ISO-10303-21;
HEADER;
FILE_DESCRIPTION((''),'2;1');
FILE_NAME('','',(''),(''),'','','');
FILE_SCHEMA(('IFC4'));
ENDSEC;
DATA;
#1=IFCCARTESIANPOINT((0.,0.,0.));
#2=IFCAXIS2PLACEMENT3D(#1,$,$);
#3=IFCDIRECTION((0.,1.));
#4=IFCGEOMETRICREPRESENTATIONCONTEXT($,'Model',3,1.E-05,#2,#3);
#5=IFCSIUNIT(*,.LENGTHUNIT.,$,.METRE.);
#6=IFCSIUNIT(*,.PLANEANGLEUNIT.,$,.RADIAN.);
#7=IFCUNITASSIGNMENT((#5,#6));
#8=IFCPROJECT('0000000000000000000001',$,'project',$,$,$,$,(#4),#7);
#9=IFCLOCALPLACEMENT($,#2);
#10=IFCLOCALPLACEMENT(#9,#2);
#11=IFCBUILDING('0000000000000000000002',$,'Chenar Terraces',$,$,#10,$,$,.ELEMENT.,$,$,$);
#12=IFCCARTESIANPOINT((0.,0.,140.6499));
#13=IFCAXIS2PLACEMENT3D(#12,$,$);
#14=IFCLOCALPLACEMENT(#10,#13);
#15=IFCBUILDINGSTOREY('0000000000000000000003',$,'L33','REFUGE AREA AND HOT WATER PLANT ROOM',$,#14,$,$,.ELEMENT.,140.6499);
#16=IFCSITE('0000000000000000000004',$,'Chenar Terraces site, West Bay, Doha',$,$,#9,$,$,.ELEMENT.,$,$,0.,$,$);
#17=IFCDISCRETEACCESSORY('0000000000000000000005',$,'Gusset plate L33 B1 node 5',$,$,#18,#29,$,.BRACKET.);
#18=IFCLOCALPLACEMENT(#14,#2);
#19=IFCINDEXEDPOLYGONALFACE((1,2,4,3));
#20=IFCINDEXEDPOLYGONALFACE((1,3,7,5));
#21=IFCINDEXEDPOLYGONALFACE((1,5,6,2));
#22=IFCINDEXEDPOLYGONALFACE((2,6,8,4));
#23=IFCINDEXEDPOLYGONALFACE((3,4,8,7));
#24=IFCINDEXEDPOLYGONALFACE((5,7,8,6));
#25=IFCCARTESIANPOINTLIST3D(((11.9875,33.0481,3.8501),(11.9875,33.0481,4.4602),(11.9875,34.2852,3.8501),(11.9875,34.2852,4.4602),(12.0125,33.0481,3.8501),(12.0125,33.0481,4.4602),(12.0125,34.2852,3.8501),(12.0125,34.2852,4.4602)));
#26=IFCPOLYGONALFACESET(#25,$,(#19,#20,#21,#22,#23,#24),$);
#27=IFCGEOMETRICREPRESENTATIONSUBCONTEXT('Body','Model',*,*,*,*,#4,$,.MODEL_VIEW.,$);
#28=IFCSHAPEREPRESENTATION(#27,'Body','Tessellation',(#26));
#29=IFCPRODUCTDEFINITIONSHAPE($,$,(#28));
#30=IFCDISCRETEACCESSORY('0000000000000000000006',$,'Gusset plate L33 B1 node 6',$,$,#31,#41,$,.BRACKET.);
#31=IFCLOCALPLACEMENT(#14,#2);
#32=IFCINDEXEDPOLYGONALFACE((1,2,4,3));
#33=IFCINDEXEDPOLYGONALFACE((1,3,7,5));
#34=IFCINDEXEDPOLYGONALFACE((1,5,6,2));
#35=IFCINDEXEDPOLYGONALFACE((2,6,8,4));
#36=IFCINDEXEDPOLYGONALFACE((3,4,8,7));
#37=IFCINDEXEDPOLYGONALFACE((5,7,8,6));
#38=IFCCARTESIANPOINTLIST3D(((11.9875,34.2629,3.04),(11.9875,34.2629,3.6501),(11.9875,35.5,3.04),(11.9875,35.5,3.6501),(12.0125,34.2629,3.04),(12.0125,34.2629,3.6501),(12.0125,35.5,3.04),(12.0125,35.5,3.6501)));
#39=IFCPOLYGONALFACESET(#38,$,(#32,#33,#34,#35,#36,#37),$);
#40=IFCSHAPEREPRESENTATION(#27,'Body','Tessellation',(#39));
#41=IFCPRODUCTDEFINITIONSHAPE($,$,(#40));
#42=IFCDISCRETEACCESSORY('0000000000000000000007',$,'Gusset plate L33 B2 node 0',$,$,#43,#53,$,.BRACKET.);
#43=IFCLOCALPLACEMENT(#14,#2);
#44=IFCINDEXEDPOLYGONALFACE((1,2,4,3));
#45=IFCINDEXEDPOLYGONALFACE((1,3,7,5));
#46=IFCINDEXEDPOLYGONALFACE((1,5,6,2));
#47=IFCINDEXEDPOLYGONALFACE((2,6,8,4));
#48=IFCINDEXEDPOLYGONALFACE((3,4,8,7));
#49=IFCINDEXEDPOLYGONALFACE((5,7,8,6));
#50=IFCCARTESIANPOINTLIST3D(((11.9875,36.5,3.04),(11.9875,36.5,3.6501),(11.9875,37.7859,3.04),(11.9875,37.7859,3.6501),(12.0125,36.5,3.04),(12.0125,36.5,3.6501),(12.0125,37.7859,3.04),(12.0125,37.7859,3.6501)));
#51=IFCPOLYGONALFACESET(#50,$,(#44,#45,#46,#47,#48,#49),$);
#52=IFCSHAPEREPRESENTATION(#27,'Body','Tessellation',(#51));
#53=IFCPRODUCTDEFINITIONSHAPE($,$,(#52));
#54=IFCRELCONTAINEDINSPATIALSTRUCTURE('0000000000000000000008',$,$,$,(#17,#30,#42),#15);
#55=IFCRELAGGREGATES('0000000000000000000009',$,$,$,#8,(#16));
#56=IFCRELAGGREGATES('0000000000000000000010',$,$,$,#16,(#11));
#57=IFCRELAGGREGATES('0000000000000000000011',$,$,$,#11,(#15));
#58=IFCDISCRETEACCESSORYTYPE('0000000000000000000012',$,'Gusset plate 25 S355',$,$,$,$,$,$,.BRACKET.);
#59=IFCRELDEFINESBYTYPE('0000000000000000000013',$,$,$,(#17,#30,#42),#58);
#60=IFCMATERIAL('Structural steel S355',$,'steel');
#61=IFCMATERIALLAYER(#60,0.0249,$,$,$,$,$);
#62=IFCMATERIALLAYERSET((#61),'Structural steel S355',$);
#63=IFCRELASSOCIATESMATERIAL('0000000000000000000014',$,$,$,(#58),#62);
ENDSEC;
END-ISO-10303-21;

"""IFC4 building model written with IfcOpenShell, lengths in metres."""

from ifc_helpers import new_model, si_unit, direction, frame, origin, place, context, subcontext, project, spatial, polyline, outline, extrude, material, layer, layer_set, type_object, element, save


model = new_model("IFC4")

# Units and contexts
model_context = context("Model", 3, precision=1e-05, world=origin(), true_north=direction((0.0, 1.0)))
body_context = subcontext(model_context, "Body", "Model", "MODEL_VIEW")
ifc_project = project(units=[si_unit("LENGTHUNIT", "METRE"), si_unit("PLANEANGLEUNIT", "RADIAN")], contexts=[model_context])

# Site, building, storey
site_placement = place(None, origin())
site = spatial("IfcSite", under=ifc_project, at=site_placement, Name="Chenar Terraces site, West Bay, Doha", CompositionType="ELEMENT", RefElevation=0.0)
building_placement = place(site_placement, origin())
building = spatial("IfcBuilding", under=site, at=building_placement, Name="Chenar Terraces", CompositionType="ELEMENT")
storey_placement = place(building_placement, frame((0.0, 0.0, 140.6499)))
storey = spatial("IfcBuildingStorey", under=building, at=storey_placement, Name="L33", Description="REFUGE AREA AND HOT WATER PLANT ROOM", CompositionType="ELEMENT", Elevation=140.6499)

# Discrete accessories
ifc_material_1 = material(Name="Structural steel S355", Category="steel")
ifc_layer_1 = layer(ifc_material_1, 0.0249)
ifc_layer_set_1 = layer_set([ifc_layer_1], Name="Structural steel S355")
discrete_accessory_type = type_object("IfcDiscreteAccessoryType", Name="Gusset plate 25 S355", PredefinedType="BRACKET", material=ifc_layer_set_1)
placement_1 = place(storey_placement, frame((0.0, 0.0, 3.04)))
placement_2 = place(storey_placement, frame((0.0, 0.0, 3.8501)))
element("IfcDiscreteAccessory", 1, at=placement_2, inside=storey, type_object=discrete_accessory_type, Name="Gusset plate L33 B1 node 5", PredefinedType="BRACKET", context=body_context, shape_type="SweptSolid", body=[
    extrude(outline(polyline([(12.0125, 33.0481), (12.0125, 34.2852), (11.9875, 34.2852), (11.9875, 33.0481), (12.0125, 33.0481)])), origin(), (0.0, 0.0, 1.0), 0.6101),
])
element("IfcDiscreteAccessory", 2, at=placement_1, inside=storey, type_object=discrete_accessory_type, Name="Gusset plate L33 B1 node 6", PredefinedType="BRACKET", context=body_context, shape_type="SweptSolid", body=[
    extrude(outline(polyline([(12.0125, 34.2629), (12.0125, 35.5), (11.9875, 35.5), (11.9875, 34.2629), (12.0125, 34.2629)])), origin(), (0.0, 0.0, 1.0), 0.6101),
])
element("IfcDiscreteAccessory", 3, at=placement_1, inside=storey, type_object=discrete_accessory_type, Name="Gusset plate L33 B2 node 0", PredefinedType="BRACKET", context=body_context, shape_type="SweptSolid", body=[
    extrude(outline(polyline([(12.0125, 36.5), (12.0125, 37.7859), (11.9875, 37.7859), (11.9875, 36.5), (12.0125, 36.5)])), origin(), (0.0, 0.0, 1.0), 0.6101),
])

save(model, "model.ifc")
